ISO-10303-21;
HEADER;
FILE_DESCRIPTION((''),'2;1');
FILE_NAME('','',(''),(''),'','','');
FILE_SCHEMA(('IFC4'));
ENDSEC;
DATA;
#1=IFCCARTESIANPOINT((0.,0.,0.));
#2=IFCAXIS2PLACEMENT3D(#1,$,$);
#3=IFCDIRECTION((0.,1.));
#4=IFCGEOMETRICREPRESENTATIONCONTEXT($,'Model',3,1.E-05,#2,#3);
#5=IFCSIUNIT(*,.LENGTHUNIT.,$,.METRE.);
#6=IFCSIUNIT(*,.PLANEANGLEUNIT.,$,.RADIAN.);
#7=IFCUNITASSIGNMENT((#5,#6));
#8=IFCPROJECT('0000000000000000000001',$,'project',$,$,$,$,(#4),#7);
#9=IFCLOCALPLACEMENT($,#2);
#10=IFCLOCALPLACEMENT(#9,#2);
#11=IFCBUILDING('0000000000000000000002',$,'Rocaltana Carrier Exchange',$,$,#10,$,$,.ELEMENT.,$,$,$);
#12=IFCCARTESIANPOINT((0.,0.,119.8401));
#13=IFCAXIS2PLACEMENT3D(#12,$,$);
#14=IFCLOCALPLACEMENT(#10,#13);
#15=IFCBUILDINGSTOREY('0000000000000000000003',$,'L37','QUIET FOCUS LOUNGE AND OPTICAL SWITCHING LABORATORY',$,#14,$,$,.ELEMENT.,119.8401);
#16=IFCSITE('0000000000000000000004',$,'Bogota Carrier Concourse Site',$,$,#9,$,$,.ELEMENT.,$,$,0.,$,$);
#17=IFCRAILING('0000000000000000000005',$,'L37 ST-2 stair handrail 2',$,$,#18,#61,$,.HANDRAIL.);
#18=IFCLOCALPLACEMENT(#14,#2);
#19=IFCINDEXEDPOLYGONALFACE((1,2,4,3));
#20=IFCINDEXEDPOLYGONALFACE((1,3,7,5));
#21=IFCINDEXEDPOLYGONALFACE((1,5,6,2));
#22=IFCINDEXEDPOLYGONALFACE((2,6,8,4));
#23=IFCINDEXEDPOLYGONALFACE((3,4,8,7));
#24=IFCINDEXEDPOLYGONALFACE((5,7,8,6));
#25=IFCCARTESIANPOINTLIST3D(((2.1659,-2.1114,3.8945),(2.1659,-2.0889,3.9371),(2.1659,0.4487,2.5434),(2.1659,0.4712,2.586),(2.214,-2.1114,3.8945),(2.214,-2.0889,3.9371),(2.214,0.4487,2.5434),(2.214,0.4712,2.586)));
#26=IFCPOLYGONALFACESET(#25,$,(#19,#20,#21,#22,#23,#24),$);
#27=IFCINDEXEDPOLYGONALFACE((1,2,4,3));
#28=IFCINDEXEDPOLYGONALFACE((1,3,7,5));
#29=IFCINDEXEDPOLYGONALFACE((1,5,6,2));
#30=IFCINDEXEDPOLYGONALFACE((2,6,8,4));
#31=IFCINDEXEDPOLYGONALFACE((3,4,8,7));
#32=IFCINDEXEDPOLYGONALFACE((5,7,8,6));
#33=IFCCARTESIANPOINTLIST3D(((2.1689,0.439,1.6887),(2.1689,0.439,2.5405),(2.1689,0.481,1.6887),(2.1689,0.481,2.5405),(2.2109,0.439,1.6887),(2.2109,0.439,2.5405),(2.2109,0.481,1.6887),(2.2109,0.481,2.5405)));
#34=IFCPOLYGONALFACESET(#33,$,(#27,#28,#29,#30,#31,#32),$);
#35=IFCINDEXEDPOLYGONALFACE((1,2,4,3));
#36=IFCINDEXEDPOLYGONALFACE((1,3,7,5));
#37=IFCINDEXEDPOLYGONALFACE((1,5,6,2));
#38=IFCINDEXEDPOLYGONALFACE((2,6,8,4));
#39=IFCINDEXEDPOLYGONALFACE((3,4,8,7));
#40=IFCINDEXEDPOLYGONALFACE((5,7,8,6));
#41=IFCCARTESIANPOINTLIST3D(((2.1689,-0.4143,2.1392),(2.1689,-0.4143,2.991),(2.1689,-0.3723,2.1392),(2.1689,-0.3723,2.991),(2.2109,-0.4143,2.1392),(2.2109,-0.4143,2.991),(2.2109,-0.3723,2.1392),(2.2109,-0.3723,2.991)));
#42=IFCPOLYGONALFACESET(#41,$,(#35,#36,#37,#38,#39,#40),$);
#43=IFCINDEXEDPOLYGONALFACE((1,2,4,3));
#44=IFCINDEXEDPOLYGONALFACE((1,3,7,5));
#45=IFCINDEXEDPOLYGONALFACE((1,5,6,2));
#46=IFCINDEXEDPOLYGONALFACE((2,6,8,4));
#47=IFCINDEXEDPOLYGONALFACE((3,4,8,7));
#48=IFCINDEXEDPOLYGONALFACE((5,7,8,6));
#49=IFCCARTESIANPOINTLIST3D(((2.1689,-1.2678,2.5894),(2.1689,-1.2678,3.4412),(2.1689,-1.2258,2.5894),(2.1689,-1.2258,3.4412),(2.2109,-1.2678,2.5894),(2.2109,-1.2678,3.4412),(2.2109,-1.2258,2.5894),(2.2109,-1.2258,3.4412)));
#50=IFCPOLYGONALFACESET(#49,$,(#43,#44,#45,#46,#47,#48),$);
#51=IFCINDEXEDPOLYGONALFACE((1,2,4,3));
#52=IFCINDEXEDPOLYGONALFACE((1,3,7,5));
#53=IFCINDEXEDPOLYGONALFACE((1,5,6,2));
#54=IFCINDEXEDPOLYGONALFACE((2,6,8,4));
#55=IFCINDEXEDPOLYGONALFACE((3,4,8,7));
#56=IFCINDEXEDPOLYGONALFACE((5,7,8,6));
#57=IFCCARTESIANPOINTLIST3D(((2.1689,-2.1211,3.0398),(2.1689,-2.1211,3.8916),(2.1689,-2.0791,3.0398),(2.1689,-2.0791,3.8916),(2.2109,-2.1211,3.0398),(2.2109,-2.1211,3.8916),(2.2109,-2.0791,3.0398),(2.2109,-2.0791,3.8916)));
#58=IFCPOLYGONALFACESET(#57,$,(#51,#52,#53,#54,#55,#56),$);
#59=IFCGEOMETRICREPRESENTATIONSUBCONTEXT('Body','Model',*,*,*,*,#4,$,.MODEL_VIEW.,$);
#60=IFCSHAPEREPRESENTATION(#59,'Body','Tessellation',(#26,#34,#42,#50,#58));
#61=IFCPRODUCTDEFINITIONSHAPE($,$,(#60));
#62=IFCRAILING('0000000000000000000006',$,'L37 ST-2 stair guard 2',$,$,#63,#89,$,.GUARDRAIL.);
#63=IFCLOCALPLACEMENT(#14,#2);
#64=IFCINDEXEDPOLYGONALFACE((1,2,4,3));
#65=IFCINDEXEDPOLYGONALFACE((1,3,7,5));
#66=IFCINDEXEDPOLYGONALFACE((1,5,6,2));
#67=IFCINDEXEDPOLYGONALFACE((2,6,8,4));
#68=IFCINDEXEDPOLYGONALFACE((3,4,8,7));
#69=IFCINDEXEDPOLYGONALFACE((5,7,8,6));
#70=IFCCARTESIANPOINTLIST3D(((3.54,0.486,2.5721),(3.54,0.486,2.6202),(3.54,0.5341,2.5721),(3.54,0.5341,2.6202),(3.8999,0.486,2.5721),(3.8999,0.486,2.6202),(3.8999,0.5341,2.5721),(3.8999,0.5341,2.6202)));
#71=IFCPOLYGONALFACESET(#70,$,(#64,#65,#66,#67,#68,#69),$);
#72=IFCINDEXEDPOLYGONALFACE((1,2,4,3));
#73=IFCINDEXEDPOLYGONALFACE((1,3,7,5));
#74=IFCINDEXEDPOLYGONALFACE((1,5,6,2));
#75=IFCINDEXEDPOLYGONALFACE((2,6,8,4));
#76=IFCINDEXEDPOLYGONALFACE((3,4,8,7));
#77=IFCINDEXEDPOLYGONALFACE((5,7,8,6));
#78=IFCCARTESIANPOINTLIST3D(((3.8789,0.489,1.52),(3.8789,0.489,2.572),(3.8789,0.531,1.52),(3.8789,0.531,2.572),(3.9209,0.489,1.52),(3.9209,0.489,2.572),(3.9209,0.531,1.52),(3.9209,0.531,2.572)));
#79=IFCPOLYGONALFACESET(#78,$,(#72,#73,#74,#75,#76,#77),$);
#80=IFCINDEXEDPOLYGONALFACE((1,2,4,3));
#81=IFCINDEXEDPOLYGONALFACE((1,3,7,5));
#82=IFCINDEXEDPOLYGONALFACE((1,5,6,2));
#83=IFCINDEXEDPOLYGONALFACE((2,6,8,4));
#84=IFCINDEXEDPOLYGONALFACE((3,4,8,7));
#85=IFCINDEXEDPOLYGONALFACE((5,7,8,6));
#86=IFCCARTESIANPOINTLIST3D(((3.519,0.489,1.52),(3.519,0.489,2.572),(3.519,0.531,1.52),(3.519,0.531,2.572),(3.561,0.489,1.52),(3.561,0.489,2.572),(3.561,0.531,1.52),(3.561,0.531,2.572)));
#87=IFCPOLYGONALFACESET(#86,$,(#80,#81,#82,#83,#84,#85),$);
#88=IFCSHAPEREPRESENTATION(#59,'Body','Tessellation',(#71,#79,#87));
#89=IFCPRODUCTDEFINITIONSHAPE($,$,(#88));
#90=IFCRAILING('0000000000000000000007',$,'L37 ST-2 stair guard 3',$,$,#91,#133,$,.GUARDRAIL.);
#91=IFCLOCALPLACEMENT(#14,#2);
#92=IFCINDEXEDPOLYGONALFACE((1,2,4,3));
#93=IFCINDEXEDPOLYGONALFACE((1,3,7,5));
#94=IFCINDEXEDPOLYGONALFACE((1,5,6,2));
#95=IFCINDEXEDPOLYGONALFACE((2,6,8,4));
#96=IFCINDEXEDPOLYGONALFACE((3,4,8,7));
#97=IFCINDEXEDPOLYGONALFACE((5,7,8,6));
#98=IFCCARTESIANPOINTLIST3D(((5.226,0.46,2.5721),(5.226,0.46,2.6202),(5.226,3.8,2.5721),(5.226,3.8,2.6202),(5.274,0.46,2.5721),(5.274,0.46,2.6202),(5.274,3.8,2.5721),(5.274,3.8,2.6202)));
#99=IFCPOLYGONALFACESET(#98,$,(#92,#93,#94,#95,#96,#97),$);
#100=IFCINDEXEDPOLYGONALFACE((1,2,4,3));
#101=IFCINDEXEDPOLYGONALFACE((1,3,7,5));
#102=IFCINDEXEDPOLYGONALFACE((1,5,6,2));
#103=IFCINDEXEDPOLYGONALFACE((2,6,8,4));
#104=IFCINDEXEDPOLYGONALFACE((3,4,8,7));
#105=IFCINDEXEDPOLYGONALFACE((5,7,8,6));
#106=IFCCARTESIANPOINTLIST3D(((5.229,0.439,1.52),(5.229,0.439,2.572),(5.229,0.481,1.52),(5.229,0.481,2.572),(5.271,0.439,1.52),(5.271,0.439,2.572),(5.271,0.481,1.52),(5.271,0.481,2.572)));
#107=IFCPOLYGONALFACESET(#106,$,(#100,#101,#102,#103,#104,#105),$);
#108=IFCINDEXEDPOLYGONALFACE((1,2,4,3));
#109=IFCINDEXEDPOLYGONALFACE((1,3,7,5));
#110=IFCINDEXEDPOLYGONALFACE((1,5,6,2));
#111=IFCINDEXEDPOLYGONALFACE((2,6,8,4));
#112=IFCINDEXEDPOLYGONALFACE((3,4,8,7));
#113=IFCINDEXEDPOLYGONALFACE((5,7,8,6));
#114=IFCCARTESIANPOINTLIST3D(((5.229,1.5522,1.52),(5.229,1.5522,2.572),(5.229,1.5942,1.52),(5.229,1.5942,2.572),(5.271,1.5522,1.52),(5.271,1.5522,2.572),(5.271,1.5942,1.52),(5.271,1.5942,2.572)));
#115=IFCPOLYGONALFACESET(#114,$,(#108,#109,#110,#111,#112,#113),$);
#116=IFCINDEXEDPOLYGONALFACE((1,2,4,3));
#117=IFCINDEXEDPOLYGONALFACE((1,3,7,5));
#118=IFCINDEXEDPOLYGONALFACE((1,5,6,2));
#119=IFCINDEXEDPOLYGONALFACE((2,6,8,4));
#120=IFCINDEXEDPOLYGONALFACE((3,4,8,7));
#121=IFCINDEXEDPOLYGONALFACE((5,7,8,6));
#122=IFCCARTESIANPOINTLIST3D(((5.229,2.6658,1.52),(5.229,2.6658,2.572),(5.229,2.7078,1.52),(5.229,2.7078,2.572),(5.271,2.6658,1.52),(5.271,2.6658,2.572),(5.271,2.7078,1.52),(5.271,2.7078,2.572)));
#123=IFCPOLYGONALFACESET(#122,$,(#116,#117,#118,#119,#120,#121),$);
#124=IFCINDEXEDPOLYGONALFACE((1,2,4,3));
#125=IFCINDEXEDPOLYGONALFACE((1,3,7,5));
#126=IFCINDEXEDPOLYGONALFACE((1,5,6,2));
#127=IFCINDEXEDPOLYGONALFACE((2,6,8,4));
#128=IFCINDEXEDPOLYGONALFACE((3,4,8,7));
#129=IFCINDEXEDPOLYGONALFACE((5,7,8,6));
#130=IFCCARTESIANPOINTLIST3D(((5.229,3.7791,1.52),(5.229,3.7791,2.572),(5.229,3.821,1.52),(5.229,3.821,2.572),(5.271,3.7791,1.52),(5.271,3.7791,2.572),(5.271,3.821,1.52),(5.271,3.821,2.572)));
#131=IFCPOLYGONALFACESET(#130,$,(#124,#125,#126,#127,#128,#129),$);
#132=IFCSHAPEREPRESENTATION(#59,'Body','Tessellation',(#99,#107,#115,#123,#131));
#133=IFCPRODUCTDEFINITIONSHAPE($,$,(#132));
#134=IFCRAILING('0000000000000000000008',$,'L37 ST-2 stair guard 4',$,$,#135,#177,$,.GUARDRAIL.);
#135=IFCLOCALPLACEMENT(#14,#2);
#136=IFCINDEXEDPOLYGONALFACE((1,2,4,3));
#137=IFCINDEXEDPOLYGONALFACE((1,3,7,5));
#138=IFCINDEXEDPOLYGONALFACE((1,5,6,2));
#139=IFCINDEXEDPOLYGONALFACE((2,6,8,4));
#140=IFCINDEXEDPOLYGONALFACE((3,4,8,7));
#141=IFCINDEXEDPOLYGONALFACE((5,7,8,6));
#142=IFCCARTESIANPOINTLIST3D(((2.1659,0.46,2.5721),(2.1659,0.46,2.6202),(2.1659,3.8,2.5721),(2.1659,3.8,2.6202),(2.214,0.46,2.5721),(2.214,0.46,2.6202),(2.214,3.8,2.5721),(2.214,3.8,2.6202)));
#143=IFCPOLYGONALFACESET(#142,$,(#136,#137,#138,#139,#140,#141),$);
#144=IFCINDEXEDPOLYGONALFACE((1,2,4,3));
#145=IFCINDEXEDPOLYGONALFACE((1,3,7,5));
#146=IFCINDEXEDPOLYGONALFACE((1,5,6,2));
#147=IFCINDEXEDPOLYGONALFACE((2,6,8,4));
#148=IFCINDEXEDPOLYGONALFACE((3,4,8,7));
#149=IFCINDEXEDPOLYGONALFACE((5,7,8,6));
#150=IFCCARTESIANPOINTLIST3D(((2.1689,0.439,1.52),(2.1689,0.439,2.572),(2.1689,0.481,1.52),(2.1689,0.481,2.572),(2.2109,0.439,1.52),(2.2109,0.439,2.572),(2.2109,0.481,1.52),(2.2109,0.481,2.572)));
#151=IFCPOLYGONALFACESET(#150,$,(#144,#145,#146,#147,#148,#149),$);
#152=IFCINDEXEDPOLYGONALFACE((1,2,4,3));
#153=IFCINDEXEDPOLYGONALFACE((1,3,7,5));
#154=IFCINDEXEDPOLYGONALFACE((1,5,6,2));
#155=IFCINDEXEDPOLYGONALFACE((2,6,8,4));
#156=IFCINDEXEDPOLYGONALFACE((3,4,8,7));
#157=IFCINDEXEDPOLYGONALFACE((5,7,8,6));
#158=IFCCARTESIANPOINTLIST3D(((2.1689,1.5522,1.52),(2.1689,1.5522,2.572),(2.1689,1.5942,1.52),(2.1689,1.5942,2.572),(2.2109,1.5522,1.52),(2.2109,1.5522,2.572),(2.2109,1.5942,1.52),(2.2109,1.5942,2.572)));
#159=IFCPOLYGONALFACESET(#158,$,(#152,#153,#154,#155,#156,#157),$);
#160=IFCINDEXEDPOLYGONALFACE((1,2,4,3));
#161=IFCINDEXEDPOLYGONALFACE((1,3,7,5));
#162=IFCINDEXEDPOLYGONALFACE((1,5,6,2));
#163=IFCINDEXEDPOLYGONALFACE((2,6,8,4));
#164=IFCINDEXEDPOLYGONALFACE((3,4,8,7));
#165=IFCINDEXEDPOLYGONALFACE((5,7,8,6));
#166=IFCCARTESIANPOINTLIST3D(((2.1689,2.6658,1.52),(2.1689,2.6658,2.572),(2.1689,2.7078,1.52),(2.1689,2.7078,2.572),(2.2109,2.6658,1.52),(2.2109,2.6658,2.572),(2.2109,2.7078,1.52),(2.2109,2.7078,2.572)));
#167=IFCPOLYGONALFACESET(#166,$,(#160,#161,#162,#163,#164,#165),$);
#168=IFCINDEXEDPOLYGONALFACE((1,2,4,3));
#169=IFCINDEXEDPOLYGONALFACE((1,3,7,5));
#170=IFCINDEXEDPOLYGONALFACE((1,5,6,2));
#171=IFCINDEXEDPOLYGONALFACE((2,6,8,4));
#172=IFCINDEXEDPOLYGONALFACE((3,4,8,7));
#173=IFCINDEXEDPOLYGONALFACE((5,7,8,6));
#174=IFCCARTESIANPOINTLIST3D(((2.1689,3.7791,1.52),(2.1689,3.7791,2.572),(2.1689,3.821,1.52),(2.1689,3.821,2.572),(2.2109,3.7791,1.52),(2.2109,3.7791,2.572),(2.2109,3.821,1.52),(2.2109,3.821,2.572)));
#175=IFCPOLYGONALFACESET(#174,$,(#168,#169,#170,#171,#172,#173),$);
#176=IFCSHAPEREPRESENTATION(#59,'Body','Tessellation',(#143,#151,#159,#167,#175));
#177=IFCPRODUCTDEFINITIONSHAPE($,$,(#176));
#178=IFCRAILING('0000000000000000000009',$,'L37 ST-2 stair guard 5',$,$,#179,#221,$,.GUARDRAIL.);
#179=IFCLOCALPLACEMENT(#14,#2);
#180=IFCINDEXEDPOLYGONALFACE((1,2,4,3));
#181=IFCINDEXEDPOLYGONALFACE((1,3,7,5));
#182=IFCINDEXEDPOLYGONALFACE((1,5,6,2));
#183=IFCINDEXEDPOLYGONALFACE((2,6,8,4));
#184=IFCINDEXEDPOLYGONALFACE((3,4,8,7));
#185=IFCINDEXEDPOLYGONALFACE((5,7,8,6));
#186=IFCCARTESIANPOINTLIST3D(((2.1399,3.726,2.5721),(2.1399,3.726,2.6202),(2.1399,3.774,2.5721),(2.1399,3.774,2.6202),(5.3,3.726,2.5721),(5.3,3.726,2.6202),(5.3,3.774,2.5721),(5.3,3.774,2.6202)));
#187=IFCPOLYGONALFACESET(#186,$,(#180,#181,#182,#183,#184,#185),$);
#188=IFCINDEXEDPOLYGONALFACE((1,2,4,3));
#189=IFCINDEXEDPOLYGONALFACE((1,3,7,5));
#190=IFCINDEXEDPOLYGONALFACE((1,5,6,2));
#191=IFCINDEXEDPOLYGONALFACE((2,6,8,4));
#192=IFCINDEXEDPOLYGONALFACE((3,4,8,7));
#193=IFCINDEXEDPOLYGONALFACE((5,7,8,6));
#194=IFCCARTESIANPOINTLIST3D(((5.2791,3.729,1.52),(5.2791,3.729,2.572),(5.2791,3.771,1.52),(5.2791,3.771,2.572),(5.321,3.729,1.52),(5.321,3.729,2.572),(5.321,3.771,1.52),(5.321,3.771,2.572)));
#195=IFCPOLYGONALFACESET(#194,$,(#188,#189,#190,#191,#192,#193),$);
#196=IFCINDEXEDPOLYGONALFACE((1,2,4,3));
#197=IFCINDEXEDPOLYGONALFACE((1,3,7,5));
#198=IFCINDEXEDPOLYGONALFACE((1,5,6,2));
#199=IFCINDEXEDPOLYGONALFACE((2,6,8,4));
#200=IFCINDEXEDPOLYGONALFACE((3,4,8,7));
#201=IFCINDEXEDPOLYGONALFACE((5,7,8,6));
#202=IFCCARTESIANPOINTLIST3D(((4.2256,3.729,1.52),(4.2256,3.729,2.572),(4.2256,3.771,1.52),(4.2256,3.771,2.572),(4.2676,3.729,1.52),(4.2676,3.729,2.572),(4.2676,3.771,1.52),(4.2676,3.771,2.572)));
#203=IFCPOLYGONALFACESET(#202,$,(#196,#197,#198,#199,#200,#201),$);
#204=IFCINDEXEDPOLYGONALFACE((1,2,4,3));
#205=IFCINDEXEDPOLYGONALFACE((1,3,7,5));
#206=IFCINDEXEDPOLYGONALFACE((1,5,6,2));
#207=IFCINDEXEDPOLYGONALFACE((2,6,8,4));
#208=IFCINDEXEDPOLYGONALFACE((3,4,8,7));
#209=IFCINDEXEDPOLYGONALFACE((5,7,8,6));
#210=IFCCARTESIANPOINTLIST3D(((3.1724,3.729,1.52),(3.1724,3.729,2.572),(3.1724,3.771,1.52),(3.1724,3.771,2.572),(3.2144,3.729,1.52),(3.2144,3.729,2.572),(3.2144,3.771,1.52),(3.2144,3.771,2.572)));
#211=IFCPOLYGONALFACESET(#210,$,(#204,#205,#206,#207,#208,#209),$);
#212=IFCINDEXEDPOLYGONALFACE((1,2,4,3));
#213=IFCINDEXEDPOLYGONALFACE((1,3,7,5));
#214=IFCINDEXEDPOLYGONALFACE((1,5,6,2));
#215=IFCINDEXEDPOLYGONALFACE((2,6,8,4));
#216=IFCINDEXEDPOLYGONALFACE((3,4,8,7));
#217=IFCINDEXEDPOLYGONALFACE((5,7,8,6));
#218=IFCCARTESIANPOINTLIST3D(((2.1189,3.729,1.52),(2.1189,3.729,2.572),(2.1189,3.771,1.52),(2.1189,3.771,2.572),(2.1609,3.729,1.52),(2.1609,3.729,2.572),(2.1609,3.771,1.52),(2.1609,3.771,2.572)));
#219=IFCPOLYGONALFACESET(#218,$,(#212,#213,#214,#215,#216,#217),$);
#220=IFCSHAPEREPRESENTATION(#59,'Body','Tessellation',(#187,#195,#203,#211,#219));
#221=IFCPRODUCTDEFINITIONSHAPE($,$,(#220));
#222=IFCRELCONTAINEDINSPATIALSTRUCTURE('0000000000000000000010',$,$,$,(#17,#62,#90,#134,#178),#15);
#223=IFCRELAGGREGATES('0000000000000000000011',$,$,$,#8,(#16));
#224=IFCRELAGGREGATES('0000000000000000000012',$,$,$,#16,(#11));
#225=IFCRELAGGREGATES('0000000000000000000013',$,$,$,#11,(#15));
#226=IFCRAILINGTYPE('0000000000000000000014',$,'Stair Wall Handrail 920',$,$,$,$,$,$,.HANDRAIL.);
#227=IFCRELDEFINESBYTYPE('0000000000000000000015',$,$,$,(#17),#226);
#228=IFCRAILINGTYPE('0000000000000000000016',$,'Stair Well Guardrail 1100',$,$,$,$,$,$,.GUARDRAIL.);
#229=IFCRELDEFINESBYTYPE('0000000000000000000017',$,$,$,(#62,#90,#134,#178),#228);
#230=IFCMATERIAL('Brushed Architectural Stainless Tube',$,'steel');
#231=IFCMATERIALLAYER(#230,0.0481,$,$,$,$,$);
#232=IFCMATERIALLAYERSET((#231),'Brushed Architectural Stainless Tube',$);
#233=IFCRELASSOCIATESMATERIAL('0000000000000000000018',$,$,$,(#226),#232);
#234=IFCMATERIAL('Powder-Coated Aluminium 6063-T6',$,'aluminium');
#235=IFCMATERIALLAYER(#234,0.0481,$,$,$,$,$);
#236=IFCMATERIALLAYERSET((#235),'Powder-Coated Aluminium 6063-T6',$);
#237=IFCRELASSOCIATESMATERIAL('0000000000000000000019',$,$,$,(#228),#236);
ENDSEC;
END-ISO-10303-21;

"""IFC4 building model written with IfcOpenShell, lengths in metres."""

from ifc_helpers import new_model, si_unit, direction, frame, origin, origin_2d, place, context, subcontext, project, spatial, rectangle, extrude, material, layer, layer_set, type_object, element, save


model = new_model("IFC4")

# Units and contexts
model_context = context("Model", 3, precision=1e-05, world=origin(), true_north=direction((0.0, 1.0)))
body_context = subcontext(model_context, "Body", "Model", "MODEL_VIEW")
ifc_project = project(units=[si_unit("LENGTHUNIT", "METRE"), si_unit("PLANEANGLEUNIT", "RADIAN")], contexts=[model_context])

# Site, building, storey
site_placement = place(None, origin())
site = spatial("IfcSite", under=ifc_project, at=site_placement, Name="Bogota Carrier Concourse Site", CompositionType="ELEMENT", RefElevation=0.0)
building_placement = place(site_placement, origin())
building = spatial("IfcBuilding", under=site, at=building_placement, Name="Rocaltana Carrier Exchange", CompositionType="ELEMENT")
storey_placement = place(building_placement, frame((0.0, 0.0, 119.8401)))
storey = spatial("IfcBuildingStorey", under=building, at=storey_placement, Name="L37", Description="QUIET FOCUS LOUNGE AND OPTICAL SWITCHING LABORATORY", CompositionType="ELEMENT", Elevation=119.8401)

# Railings
ifc_material_1 = material(Name="Brushed Architectural Stainless Tube", Category="steel")
ifc_layer_1 = layer(ifc_material_1, 0.0481)
ifc_layer_set_1 = layer_set([ifc_layer_1], Name="Brushed Architectural Stainless Tube")
railing_type_1 = type_object("IfcRailingType", Name="Stair Wall Handrail 920", PredefinedType="HANDRAIL", material=ifc_layer_set_1)
railing_1_placement = place(storey_placement, frame((2.1899, 0.46, 1.6887)))
element("IfcRailing", 1, at=railing_1_placement, inside=storey, type_object=railing_type_1, Name="L37 ST-2 stair handrail 2", PredefinedType="HANDRAIL", context=body_context, shape_type="SweptSolid", body=[
    extrude(rectangle(XDim=0.0481, YDim=0.0481, at=origin_2d()), frame((0.0, 0.0, 0.876), z_axis=(0.0, -0.884394, 0.46674), x_axis=(1.0, 0.0, 0.0)), (0.0, 0.0, 1.0), 2.8948),
    extrude(rectangle(XDim=0.042, YDim=0.042, at=origin_2d()), origin(), (0.0, 0.0, 1.0), 0.8518),
    extrude(rectangle(XDim=0.042, YDim=0.042, at=origin_2d()), frame((0.0, -0.8533, 0.4504)), (0.0, 0.0, 1.0), 0.8518),
    extrude(rectangle(XDim=0.042, YDim=0.042, at=origin_2d()), frame((0.0, -1.7068, 0.9006)), (0.0, 0.0, 1.0), 0.8518),
    extrude(rectangle(XDim=0.042, YDim=0.042, at=origin_2d()), frame((0.0, -2.5601, 1.3511)), (0.0, 0.0, 1.0), 0.8518),
])
ifc_material_2 = material(Name="Powder-Coated Aluminium 6063-T6", Category="aluminium")
ifc_layer_2 = layer(ifc_material_2, 0.0481)
ifc_layer_set_2 = layer_set([ifc_layer_2], Name="Powder-Coated Aluminium 6063-T6")
railing_type_2 = type_object("IfcRailingType", Name="Stair Well Guardrail 1100", PredefinedType="GUARDRAIL", material=ifc_layer_set_2)
railing_2_placement = place(storey_placement, frame((3.8999, 0.51, 1.52)))
element("IfcRailing", 2, at=railing_2_placement, inside=storey, type_object=railing_type_2, Name="L37 ST-2 stair guard 2", PredefinedType="GUARDRAIL", context=body_context, shape_type="SweptSolid", body=[
    extrude(rectangle(XDim=0.0481, YDim=0.0481, at=origin_2d()), frame((0.0, 0.0, 1.0762), z_axis=(-1.0, 0.0, 0.0), x_axis=(0.0, -1.0, 0.0)), (0.0, 0.0, 1.0), 0.3599),
    extrude(rectangle(XDim=0.042, YDim=0.042, at=origin_2d()), origin(), (0.0, 0.0, 1.0), 1.052),
    extrude(rectangle(XDim=0.042, YDim=0.042, at=origin_2d()), frame((-0.3599, 0.0, 0.0)), (0.0, 0.0, 1.0), 1.052),
])
for number, where, name in (
    (3, (5.25, 0.46, 1.52), "L37 ST-2 stair guard 3"),
    (4, (2.1899, 0.46, 1.52), "L37 ST-2 stair guard 4"),
):
    element("IfcRailing", number, at=place(storey_placement, frame(where)), inside=storey, type_object=railing_type_2, Name=name, PredefinedType="GUARDRAIL", context=body_context, shape_type="SweptSolid", body=[
        extrude(rectangle(XDim=0.0481, YDim=0.0481, at=origin_2d()), frame((0.0, 0.0, 1.0762), z_axis=(0.0, 1.0, 0.0), x_axis=(-1.0, 0.0, 0.0)), (0.0, 0.0, 1.0), 3.3401),
        extrude(rectangle(XDim=0.042, YDim=0.042, at=origin_2d()), origin(), (0.0, 0.0, 1.0), 1.052),
        extrude(rectangle(XDim=0.042, YDim=0.042, at=origin_2d()), frame((0.0, 1.1133, 0.0)), (0.0, 0.0, 1.0), 1.052),
        extrude(rectangle(XDim=0.042, YDim=0.042, at=origin_2d()), frame((0.0, 2.2268, 0.0)), (0.0, 0.0, 1.0), 1.052),
        extrude(rectangle(XDim=0.042, YDim=0.042, at=origin_2d()), frame((0.0, 3.3401, 0.0)), (0.0, 0.0, 1.0), 1.052),
    ])
railing_3_placement = place(storey_placement, frame((5.3, 3.75, 1.52)))
element("IfcRailing", 5, at=railing_3_placement, inside=storey, type_object=railing_type_2, Name="L37 ST-2 stair guard 5", PredefinedType="GUARDRAIL", context=body_context, shape_type="SweptSolid", body=[
    extrude(rectangle(XDim=0.0481, YDim=0.0481, at=origin_2d()), frame((0.0, 0.0, 1.0762), z_axis=(-1.0, 0.0, 0.0), x_axis=(0.0, -1.0, 0.0)), (0.0, 0.0, 1.0), 3.1602),
    extrude(rectangle(XDim=0.042, YDim=0.042, at=origin_2d()), origin(), (0.0, 0.0, 1.0), 1.052),
    extrude(rectangle(XDim=0.042, YDim=0.042, at=origin_2d()), frame((-1.0535, 0.0, 0.0)), (0.0, 0.0, 1.0), 1.052),
    extrude(rectangle(XDim=0.042, YDim=0.042, at=origin_2d()), frame((-2.1067, 0.0, 0.0)), (0.0, 0.0, 1.0), 1.052),
    extrude(rectangle(XDim=0.042, YDim=0.042, at=origin_2d()), frame((-3.1602, 0.0, 0.0)), (0.0, 0.0, 1.0), 1.052),
])

save(model, "model.ifc")
